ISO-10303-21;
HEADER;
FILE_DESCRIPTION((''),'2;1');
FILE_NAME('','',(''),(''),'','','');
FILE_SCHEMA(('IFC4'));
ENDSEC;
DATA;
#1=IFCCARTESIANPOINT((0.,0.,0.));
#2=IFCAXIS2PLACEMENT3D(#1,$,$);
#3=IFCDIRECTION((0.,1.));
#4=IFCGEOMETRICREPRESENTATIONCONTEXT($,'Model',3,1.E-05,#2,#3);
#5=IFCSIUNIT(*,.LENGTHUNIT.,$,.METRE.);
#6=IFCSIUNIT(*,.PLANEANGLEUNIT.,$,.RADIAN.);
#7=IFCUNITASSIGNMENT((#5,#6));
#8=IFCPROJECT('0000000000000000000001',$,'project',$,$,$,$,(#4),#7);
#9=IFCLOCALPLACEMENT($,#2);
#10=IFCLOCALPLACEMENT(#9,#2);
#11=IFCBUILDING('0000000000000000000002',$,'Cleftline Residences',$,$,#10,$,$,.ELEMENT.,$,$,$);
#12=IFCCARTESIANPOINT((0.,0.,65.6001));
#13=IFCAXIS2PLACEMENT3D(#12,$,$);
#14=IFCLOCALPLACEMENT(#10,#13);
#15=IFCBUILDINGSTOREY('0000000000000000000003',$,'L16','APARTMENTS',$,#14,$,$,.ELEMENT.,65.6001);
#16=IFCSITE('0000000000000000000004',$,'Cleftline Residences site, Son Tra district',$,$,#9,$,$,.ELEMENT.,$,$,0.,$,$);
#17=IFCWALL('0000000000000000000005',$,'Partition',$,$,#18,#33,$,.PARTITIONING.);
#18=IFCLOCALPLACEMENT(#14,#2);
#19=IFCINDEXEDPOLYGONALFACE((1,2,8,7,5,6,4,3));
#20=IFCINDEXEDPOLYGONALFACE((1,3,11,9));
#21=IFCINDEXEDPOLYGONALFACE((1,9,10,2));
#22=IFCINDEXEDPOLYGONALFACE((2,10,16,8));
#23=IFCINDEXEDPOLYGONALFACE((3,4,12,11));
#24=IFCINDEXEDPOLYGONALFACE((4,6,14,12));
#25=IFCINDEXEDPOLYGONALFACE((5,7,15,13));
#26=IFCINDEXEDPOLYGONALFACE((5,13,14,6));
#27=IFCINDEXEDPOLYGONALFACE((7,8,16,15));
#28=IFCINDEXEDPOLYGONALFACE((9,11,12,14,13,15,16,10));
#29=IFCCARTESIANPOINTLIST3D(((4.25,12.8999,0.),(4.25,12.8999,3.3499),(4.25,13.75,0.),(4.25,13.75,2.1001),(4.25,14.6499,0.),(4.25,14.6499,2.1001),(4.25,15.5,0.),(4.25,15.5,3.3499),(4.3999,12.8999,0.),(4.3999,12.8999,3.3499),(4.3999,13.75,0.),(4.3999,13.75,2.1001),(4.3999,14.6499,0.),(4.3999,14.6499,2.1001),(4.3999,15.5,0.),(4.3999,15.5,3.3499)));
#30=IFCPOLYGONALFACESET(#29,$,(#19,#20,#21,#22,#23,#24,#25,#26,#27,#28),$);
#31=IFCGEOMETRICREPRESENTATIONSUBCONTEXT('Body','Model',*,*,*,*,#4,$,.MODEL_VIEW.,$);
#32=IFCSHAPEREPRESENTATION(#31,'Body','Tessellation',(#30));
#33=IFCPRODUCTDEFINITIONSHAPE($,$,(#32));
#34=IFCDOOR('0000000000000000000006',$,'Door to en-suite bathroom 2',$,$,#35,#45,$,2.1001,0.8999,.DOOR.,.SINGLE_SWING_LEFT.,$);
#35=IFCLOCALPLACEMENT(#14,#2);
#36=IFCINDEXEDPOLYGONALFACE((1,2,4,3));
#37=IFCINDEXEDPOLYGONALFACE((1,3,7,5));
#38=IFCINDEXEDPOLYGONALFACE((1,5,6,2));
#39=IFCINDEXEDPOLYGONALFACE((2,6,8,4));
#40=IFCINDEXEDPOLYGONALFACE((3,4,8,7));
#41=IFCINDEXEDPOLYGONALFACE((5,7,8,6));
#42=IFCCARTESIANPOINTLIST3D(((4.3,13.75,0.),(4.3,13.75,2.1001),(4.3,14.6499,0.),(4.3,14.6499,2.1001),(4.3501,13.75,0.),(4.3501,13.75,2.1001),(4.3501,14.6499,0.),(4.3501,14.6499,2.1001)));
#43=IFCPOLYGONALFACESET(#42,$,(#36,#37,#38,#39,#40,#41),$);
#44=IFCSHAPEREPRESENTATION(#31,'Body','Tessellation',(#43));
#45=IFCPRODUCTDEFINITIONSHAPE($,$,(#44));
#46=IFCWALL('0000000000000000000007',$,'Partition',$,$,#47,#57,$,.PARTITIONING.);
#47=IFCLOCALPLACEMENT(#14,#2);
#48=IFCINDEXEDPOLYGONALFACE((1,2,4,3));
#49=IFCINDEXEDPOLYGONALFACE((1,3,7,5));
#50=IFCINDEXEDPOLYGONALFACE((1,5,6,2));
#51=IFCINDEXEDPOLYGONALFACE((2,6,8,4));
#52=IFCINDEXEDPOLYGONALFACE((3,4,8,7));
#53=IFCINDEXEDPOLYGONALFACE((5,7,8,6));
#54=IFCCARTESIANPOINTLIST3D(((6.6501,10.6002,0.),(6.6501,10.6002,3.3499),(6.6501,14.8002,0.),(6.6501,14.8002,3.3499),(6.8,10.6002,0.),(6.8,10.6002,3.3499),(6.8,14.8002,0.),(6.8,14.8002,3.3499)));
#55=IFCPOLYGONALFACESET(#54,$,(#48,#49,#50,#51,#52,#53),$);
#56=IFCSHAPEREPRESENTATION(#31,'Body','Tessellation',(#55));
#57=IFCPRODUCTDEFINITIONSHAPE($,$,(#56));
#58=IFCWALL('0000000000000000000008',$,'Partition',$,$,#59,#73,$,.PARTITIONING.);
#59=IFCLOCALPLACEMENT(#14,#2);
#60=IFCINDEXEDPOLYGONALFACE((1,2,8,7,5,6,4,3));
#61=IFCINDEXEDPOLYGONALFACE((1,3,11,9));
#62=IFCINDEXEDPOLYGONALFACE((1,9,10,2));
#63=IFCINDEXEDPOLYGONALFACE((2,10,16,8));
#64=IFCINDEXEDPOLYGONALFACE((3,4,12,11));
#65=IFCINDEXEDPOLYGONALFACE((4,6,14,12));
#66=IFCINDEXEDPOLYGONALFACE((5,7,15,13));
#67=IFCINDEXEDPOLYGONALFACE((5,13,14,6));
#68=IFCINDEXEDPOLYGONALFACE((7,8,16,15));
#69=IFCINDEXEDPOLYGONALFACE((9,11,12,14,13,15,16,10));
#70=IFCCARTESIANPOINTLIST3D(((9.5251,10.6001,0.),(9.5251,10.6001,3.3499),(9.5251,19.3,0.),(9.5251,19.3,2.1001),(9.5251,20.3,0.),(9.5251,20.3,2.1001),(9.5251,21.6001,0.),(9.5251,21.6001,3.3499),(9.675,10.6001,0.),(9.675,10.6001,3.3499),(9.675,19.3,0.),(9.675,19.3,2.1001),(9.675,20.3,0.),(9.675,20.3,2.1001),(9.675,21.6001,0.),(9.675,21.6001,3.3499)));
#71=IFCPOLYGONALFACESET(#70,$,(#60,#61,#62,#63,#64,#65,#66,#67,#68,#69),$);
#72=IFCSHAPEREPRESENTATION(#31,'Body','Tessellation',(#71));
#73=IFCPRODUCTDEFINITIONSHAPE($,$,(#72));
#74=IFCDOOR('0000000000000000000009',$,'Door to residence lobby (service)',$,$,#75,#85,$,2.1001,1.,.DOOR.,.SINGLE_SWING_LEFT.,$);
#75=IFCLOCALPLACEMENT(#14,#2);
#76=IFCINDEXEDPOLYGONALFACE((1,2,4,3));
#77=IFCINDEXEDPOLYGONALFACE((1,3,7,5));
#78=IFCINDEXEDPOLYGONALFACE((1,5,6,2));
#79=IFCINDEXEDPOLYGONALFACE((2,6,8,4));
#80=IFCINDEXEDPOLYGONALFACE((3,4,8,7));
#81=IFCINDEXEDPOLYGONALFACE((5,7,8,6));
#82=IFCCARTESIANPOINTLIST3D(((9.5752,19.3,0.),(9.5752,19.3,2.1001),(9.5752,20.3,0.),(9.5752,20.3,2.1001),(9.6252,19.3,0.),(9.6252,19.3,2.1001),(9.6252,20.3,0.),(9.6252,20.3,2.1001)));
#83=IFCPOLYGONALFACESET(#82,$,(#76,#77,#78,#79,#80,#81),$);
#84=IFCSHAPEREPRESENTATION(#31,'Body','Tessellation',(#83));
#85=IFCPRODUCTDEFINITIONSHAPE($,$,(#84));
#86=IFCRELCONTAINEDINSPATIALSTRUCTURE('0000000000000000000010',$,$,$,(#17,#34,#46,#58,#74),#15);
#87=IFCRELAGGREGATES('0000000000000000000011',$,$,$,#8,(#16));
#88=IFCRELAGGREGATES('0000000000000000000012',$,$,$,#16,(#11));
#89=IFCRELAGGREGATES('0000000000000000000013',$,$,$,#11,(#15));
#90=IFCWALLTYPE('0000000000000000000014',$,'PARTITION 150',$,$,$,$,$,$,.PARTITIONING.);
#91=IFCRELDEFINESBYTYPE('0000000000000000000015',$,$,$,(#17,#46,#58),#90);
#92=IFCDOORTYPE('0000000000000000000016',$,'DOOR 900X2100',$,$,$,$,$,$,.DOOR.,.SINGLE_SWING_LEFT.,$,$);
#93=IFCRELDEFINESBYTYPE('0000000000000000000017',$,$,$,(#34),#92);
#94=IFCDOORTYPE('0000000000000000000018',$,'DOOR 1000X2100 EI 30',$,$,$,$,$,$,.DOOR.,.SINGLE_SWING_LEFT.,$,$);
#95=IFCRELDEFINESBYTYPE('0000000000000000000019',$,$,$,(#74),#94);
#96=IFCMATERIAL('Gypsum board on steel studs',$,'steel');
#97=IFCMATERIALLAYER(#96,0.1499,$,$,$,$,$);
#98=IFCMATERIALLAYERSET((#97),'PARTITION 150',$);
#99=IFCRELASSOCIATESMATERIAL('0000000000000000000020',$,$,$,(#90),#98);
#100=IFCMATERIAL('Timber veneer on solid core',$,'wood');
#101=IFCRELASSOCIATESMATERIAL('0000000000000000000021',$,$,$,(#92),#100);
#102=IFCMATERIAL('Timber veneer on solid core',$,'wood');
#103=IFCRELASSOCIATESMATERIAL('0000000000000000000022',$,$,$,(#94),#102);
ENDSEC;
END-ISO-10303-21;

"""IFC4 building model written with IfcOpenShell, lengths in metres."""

from ifc_helpers import new_model, si_unit, direction, frame, frame_2d, origin, place, context, subcontext, project, spatial, rectangle, extrude, material, layer, layer_set, type_object, element, fill, save


model = new_model("IFC4")

# Units and contexts
model_context = context("Model", 3, precision=1e-05, world=origin(), true_north=direction((0.0, 1.0)))
body_context = subcontext(model_context, "Body", "Model", "MODEL_VIEW")
ifc_project = project(units=[si_unit("LENGTHUNIT", "METRE"), si_unit("PLANEANGLEUNIT", "RADIAN")], contexts=[model_context])

# Site, building, storey
site_placement = place(None, origin())
site = spatial("IfcSite", under=ifc_project, at=site_placement, Name="Cleftline Residences site, Son Tra district", CompositionType="ELEMENT", RefElevation=0.0)
building_placement = place(site_placement, origin())
building = spatial("IfcBuilding", under=site, at=building_placement, Name="Cleftline Residences", CompositionType="ELEMENT")
storey_placement = place(building_placement, frame((0.0, 0.0, 65.6001)))
storey = spatial("IfcBuildingStorey", under=building, at=storey_placement, Name="L16", Description="APARTMENTS", CompositionType="ELEMENT", Elevation=65.6001)

# Shared definitions
ifc_material_1 = material(Name="Gypsum board on steel studs", Category="steel")
ifc_layer = layer(ifc_material_1, 0.1499)
ifc_layer_set = layer_set([ifc_layer], Name="PARTITION 150")
wall_type = type_object("IfcWallType", Name="PARTITION 150", PredefinedType="PARTITIONING", material=ifc_layer_set)
ifc_material_2 = material(Name="Timber veneer on solid core", Category="wood")
door_type_1 = type_object("IfcDoorType", Name="DOOR 900X2100", OperationType="SINGLE_SWING_LEFT", PredefinedType="DOOR", material=ifc_material_2)

# Wall, opening, door
wall_1_placement = place(storey_placement, frame((4.325, 12.8999, 0.0), z_axis=(0.0, 0.0, 1.0), x_axis=(0.0, 1.0, 0.0)))
wall_1 = element("IfcWall", 1, at=wall_1_placement, inside=storey, type_object=wall_type, Name="Partition", PredefinedType="PARTITIONING", context=body_context, shape_type="SweptSolid", body=[
    extrude(rectangle(XDim=2.6001, YDim=0.1499, at=frame_2d((1.3, 0.0))), origin(), (0.0, 0.0, 1.0), 3.3499),
])
opening_1_placement = place(wall_1_placement, frame((0.8501, 0.0, 0.0)))
opening_1 = element("IfcOpeningElement", 2, at=opening_1_placement, cuts=wall_1, PredefinedType="OPENING", context=body_context, shape_type="SweptSolid", body=[
    extrude(rectangle(XDim=0.8999, YDim=2.1001, at=frame_2d((0.45, 1.05))), frame((0.0, 0.085, 0.0), z_axis=(0.0, -1.0, 0.0), x_axis=(1.0, 0.0, 0.0)), (0.0, 0.0, 1.0), 0.1699),
])
door_1_placement = place(opening_1_placement, origin())
door_1 = element("IfcDoor", 3, at=door_1_placement, inside=storey, type_object=door_type_1, Name="Door to en-suite bathroom 2", OperationType="SINGLE_SWING_LEFT", OverallHeight=2.1001, OverallWidth=0.8999, PredefinedType="DOOR", context=body_context, shape_type="SweptSolid", body=[
    extrude(rectangle(XDim=0.8999, YDim=2.1001, at=frame_2d((0.45, 1.05))), frame((0.0, 0.0249, 0.0), z_axis=(0.0, -1.0, 0.0), x_axis=(1.0, 0.0, 0.0)), (0.0, 0.0, 1.0), 0.05),
])
fill(opening_1, door_1)

# Wall
wall_2_placement = place(storey_placement, frame((6.7251, 10.6001, 0.0), z_axis=(0.0, 0.0, 1.0), x_axis=(0.0, 1.0, 0.0)))
element("IfcWall", 4, at=wall_2_placement, inside=storey, type_object=wall_type, Name="Partition", PredefinedType="PARTITIONING", context=body_context, shape_type="SweptSolid", body=[
    extrude(rectangle(XDim=4.2, YDim=0.1499, at=frame_2d((2.1001, 0.0))), origin(), (0.0, 0.0, 1.0), 3.3499),
])

# Wall, opening, door
wall_3_placement = place(storey_placement, frame((9.6001, 10.6001, 0.0), z_axis=(0.0, 0.0, 1.0), x_axis=(0.0, 1.0, 0.0)))
wall_3 = element("IfcWall", 5, at=wall_3_placement, inside=storey, type_object=wall_type, Name="Partition", PredefinedType="PARTITIONING", context=body_context, shape_type="SweptSolid", body=[
    extrude(rectangle(XDim=11.0, YDim=0.1499, at=frame_2d((5.5, 0.0))), origin(), (0.0, 0.0, 1.0), 3.3499),
])
opening_2_placement = place(wall_3_placement, frame((8.7, 0.0, 0.0)))
opening_2 = element("IfcOpeningElement", 6, at=opening_2_placement, cuts=wall_3, PredefinedType="OPENING", context=body_context, shape_type="SweptSolid", body=[
    extrude(rectangle(XDim=1.0, YDim=2.1001, at=frame_2d((0.5, 1.05))), frame((0.0, 0.085, 0.0), z_axis=(0.0, -1.0, 0.0), x_axis=(1.0, 0.0, 0.0)), (0.0, 0.0, 1.0), 0.1699),
])
ifc_material_3 = material(Name="Timber veneer on solid core", Category="wood")
door_type_2 = type_object("IfcDoorType", Name="DOOR 1000X2100 EI 30", OperationType="SINGLE_SWING_LEFT", PredefinedType="DOOR", material=ifc_material_3)
door_2_placement = place(opening_2_placement, origin())
door_2 = element("IfcDoor", 7, at=door_2_placement, inside=storey, type_object=door_type_2, Name="Door to residence lobby (service)", OperationType="SINGLE_SWING_LEFT", OverallHeight=2.1001, OverallWidth=1.0, PredefinedType="DOOR", context=body_context, shape_type="SweptSolid", body=[
    extrude(rectangle(XDim=1.0, YDim=2.1001, at=frame_2d((0.5, 1.05))), frame((0.0, 0.0249, 0.0), z_axis=(0.0, -1.0, 0.0), x_axis=(1.0, 0.0, 0.0)), (0.0, 0.0, 1.0), 0.05),
])
fill(opening_2, door_2)

save(model, "model.ifc")
